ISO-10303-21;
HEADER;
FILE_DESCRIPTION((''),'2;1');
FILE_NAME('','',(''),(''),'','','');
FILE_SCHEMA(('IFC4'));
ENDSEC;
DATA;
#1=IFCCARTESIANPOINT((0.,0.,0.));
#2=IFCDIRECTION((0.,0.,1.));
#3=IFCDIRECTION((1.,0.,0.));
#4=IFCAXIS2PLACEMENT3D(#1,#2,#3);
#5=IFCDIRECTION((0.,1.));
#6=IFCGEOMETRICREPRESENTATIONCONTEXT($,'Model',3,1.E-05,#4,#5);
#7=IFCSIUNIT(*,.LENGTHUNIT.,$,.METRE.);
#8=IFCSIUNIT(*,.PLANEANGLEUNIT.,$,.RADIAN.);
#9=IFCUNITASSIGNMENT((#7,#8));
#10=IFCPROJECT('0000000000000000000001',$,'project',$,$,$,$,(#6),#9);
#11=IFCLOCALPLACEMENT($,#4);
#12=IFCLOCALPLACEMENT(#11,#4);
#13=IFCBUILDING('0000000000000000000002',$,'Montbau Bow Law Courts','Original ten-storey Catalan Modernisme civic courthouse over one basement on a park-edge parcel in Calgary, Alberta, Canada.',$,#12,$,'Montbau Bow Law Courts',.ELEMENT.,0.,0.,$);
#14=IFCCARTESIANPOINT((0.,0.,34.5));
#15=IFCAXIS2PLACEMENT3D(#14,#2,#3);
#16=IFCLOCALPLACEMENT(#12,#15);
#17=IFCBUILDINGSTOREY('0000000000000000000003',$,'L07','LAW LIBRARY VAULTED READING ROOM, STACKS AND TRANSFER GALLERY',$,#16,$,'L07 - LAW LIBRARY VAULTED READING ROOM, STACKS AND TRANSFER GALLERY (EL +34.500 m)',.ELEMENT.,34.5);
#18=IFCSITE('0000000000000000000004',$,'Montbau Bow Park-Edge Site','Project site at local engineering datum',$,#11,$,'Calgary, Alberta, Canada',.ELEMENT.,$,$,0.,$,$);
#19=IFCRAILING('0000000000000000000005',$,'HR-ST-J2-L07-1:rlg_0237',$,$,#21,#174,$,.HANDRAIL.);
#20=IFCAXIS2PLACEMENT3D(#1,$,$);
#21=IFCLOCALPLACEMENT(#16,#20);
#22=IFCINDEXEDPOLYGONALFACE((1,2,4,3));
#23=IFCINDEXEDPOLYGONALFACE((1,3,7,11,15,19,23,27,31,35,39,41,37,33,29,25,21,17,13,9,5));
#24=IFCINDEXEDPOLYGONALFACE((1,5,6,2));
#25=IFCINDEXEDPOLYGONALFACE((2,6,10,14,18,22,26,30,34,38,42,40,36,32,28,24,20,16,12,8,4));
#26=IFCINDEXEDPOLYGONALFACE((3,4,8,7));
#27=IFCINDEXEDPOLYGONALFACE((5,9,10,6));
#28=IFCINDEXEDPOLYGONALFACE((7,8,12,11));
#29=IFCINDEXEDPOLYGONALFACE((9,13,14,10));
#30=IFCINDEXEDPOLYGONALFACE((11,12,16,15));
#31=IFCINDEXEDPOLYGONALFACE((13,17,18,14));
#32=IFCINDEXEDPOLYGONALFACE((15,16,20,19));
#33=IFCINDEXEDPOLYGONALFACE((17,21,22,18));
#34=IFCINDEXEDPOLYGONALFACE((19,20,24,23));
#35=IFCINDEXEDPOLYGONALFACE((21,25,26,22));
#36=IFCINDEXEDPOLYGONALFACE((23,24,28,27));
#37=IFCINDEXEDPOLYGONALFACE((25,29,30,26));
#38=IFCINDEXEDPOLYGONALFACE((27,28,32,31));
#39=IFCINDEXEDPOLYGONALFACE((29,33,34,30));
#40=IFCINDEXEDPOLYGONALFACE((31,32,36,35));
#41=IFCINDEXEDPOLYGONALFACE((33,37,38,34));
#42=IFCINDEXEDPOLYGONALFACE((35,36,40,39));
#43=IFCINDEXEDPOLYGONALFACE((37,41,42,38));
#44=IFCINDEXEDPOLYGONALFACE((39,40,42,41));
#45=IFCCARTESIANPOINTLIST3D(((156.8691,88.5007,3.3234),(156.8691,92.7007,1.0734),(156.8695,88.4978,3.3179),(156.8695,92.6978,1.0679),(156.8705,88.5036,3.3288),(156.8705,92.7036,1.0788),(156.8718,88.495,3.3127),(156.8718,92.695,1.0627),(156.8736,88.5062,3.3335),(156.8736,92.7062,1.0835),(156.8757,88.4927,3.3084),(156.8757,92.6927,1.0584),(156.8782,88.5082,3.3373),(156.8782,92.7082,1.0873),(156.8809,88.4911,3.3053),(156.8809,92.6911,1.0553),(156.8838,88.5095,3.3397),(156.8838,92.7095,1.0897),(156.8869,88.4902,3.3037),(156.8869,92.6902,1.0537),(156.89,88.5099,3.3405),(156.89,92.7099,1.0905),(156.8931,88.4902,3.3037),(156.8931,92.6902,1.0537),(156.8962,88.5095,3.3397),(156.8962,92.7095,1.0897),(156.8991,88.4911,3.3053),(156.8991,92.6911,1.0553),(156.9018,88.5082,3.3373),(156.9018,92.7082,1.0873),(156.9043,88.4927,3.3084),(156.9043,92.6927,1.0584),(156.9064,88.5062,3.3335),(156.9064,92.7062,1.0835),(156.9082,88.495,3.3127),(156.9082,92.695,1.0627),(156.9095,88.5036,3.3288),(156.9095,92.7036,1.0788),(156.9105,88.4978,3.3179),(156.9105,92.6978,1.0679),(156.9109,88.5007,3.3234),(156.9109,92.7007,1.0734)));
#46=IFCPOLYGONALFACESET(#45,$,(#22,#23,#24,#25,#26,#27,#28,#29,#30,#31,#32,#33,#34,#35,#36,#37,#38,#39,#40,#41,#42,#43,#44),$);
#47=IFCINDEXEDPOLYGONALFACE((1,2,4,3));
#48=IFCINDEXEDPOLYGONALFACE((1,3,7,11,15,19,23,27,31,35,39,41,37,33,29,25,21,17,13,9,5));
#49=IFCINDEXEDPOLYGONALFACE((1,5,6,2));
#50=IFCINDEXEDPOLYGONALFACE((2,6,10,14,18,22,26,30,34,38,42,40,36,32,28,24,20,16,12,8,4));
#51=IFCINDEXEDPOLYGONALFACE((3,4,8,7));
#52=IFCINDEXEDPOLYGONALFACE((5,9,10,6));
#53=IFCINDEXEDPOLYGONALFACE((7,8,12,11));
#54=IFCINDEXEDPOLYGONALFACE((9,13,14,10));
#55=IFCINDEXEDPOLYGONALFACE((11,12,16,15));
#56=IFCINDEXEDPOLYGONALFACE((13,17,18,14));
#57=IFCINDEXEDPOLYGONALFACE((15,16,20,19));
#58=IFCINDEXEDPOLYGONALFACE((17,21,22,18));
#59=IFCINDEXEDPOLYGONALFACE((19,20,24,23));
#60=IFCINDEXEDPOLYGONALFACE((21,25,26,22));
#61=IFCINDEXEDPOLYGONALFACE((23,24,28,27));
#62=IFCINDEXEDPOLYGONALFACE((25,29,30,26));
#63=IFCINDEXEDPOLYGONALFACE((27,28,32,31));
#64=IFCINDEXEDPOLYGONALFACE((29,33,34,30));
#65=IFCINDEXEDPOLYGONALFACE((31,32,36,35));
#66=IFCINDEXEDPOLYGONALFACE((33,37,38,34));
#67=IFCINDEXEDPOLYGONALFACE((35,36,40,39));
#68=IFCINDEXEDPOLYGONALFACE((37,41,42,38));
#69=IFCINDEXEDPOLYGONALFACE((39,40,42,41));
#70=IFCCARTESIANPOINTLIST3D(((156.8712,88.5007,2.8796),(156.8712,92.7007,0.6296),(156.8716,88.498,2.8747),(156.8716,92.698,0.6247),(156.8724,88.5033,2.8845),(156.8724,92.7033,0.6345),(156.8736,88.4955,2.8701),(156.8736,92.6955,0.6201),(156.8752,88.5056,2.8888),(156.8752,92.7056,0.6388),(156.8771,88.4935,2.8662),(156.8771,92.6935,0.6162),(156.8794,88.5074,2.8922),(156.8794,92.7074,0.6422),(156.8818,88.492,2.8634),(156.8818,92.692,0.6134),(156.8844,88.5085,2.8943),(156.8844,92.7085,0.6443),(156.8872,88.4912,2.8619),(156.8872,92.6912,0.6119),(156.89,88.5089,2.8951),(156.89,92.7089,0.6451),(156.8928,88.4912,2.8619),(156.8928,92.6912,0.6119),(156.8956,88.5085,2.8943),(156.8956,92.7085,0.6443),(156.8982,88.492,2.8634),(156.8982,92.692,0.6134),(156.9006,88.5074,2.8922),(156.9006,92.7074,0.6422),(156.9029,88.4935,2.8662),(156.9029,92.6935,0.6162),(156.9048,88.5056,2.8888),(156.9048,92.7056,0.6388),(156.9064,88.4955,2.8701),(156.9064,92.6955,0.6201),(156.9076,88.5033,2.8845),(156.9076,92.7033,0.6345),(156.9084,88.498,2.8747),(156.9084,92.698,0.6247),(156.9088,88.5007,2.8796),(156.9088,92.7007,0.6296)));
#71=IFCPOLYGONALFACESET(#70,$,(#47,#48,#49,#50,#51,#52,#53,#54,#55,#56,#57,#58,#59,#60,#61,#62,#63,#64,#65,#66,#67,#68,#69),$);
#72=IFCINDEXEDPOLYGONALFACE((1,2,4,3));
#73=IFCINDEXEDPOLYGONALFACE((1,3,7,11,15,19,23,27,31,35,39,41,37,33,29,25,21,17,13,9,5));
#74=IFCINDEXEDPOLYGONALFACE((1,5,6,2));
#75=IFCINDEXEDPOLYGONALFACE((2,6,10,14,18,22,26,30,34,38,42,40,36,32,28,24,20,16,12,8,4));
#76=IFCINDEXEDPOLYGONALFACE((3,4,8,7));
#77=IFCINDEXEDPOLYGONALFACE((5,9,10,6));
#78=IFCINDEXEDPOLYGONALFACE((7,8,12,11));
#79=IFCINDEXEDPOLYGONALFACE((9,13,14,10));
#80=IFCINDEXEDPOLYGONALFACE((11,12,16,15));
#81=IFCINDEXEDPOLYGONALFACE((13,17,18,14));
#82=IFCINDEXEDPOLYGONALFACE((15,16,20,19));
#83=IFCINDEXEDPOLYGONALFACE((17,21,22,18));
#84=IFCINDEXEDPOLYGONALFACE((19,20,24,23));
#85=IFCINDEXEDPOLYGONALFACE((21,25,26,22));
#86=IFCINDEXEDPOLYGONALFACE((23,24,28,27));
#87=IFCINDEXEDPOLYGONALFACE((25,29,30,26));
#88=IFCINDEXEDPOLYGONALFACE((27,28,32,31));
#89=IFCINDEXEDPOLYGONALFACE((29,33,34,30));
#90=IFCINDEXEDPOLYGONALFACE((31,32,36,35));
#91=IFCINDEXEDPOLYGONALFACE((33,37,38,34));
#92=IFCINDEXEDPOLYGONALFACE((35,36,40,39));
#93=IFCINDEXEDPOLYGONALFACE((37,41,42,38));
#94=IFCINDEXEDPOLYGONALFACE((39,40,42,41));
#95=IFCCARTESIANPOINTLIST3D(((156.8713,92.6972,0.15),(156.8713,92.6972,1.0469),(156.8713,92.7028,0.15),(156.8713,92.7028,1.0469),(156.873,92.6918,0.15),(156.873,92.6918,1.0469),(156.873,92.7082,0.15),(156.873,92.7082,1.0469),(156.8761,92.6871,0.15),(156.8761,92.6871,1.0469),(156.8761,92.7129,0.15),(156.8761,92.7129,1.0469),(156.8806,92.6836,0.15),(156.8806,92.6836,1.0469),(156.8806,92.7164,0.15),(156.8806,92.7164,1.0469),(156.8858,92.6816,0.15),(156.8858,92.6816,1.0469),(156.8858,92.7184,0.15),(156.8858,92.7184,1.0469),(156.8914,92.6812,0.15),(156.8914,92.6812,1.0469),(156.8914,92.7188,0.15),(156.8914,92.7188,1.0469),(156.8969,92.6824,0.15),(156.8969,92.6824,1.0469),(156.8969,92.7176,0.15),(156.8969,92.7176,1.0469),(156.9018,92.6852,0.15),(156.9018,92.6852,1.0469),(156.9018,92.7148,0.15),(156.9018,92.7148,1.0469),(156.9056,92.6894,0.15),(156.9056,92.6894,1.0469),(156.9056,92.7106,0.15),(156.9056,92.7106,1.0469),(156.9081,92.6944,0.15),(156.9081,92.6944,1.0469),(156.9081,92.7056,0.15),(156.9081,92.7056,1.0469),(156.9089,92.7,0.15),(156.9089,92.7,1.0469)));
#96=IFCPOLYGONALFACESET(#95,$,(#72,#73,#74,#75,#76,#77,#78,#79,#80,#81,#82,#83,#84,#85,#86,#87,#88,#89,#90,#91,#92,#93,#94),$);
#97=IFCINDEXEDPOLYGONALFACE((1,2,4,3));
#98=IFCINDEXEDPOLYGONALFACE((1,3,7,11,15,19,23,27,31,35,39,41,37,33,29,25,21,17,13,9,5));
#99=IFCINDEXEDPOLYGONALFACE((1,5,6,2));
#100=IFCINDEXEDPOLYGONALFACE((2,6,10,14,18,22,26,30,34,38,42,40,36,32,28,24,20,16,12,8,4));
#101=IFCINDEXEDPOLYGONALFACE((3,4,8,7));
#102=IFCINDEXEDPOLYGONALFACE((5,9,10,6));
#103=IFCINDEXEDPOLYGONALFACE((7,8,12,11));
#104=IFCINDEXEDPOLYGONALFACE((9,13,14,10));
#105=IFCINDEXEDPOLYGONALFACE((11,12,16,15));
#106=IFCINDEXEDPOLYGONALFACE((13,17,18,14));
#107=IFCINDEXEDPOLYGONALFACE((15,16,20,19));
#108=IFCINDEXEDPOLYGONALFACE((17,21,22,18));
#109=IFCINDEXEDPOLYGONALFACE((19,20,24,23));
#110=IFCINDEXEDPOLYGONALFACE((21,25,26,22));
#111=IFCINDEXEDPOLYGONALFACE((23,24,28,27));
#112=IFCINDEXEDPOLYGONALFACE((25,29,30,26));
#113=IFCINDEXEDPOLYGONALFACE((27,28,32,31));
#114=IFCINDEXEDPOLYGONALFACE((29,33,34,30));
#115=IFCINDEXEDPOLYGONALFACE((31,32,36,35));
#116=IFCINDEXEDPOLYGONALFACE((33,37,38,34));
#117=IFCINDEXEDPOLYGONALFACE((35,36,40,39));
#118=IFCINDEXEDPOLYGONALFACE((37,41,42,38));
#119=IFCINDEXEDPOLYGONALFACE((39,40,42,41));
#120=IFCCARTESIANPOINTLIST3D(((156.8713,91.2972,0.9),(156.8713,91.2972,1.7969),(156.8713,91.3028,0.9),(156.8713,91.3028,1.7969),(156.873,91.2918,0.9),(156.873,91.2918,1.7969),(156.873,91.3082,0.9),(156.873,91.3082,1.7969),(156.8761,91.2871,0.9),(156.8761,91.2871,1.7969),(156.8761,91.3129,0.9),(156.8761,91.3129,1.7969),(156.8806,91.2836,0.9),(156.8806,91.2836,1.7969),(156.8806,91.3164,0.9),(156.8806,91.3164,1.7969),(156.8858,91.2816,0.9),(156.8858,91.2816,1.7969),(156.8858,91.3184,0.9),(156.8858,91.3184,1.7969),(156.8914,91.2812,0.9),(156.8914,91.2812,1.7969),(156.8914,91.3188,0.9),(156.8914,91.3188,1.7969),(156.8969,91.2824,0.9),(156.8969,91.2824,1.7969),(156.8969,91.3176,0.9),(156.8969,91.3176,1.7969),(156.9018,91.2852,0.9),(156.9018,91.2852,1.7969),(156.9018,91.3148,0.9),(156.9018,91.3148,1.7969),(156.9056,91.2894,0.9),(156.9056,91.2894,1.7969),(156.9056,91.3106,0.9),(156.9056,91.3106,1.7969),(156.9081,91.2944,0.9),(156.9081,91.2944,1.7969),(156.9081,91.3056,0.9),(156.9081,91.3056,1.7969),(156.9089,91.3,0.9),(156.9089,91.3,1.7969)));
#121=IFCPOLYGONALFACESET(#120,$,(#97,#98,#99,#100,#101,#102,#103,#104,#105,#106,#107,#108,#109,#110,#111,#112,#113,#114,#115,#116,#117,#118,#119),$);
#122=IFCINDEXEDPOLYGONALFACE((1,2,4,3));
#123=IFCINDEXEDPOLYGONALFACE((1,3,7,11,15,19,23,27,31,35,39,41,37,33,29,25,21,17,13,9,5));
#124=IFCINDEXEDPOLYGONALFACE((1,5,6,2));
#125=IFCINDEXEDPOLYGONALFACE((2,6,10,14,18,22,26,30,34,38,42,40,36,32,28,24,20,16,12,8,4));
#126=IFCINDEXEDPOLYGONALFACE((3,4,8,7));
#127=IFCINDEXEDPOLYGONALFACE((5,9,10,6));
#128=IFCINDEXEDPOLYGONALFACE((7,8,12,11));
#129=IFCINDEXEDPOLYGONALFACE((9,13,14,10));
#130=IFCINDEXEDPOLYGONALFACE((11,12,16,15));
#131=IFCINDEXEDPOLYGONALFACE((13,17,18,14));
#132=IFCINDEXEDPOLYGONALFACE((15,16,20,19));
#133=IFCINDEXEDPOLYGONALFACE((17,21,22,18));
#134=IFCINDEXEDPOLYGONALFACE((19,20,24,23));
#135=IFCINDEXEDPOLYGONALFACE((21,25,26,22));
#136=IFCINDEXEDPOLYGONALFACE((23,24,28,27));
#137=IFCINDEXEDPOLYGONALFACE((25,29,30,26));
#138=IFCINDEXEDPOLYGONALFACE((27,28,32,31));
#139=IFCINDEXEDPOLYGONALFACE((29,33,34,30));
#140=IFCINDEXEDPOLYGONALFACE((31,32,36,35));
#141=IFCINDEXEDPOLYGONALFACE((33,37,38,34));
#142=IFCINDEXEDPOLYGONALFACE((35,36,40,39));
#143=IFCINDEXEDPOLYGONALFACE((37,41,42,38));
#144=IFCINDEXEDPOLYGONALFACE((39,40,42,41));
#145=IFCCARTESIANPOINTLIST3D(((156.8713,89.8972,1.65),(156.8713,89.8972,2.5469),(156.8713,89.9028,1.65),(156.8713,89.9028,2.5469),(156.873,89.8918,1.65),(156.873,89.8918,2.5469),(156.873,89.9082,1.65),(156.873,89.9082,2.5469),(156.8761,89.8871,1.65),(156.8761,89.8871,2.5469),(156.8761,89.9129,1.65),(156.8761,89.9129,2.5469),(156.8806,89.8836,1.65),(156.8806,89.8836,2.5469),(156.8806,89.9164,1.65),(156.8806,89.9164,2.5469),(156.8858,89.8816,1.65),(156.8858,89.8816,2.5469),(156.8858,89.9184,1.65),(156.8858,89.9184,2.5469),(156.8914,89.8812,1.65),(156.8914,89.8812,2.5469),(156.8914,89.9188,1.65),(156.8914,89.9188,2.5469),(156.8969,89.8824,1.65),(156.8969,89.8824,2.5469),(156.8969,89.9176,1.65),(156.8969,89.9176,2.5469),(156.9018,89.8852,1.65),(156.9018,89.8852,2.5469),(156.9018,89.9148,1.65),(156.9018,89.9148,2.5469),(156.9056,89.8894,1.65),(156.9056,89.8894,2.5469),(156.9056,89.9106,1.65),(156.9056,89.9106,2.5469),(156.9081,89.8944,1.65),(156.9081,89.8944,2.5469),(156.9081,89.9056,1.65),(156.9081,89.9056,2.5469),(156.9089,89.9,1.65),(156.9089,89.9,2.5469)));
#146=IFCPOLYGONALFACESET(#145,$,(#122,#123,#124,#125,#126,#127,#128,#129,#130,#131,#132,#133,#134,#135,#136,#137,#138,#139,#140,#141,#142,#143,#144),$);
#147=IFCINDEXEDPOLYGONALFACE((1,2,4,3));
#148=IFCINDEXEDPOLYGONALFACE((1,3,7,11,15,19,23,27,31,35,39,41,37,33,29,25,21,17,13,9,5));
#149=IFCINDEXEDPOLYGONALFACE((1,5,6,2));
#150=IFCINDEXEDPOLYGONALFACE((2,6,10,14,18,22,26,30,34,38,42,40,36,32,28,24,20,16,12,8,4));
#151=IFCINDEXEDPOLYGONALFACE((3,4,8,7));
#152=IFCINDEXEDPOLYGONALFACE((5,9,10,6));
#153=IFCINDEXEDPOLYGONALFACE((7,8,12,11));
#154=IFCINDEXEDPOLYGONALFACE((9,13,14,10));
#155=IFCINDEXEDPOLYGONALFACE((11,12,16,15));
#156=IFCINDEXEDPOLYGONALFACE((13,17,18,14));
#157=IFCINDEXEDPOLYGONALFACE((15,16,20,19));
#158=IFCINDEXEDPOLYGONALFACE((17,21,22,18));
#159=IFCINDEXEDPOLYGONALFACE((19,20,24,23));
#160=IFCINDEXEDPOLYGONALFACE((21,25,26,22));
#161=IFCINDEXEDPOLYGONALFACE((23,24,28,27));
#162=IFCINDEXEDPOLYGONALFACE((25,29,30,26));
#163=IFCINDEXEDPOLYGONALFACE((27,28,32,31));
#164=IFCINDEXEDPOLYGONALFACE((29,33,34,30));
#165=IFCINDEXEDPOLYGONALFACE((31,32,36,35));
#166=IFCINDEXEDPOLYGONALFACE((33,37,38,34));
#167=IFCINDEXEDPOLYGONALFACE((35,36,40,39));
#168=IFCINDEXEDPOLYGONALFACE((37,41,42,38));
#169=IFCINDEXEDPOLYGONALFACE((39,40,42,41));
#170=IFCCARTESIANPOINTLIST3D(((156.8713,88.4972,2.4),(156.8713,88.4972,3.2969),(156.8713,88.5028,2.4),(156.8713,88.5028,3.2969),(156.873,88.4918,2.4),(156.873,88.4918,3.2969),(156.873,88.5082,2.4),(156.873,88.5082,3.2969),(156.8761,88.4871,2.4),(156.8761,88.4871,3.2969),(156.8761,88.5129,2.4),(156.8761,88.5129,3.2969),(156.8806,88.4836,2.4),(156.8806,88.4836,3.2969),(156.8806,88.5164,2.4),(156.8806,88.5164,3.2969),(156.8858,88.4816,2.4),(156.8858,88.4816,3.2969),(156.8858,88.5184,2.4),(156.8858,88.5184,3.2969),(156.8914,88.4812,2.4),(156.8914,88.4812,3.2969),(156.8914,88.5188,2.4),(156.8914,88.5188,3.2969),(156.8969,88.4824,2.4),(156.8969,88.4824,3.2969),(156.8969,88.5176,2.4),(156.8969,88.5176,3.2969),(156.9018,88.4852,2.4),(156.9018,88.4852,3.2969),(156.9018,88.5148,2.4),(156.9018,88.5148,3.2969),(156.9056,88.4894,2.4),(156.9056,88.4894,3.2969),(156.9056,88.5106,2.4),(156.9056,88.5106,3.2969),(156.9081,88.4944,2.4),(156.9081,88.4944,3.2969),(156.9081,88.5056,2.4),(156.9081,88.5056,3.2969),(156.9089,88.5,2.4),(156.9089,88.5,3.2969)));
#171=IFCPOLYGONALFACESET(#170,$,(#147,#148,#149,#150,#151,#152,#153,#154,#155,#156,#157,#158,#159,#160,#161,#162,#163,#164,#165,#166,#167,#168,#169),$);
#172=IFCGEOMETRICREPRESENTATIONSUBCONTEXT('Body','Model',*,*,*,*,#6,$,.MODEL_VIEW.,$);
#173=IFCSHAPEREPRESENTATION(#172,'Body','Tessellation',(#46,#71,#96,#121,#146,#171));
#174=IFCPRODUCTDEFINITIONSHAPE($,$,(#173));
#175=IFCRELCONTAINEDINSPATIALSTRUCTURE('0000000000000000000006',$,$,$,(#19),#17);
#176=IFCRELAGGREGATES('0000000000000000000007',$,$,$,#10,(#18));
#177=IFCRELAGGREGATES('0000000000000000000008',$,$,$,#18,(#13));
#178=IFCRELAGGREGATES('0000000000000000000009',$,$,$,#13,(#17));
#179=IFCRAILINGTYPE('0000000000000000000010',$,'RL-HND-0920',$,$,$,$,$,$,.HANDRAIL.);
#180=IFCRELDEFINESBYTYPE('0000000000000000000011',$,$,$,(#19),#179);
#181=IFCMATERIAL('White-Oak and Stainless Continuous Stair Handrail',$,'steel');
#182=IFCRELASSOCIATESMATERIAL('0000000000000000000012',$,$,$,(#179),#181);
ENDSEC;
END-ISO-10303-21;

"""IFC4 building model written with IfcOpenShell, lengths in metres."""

from ifc_helpers import new_model, si_unit, direction, frame, origin_with_axes, origin_2d_with_axis, place, context, subcontext, project, spatial, circle, extrude, material, type_object, element, save


model = new_model("IFC4")

# Units and contexts
model_context = context("Model", 3, precision=1e-05, world=origin_with_axes(), true_north=direction((0.0, 1.0)))
body_context = subcontext(model_context, "Body", "Model", "MODEL_VIEW")
ifc_project = project(units=[si_unit("LENGTHUNIT", "METRE"), si_unit("PLANEANGLEUNIT", "RADIAN")], contexts=[model_context])

# Site, building, storey
site_placement = place(None, origin_with_axes())
site = spatial("IfcSite", under=ifc_project, at=site_placement, Name="Montbau Bow Park-Edge Site", Description="Project site at local engineering datum", LongName="Calgary, Alberta, Canada", CompositionType="ELEMENT", RefElevation=0.0)
building_placement = place(site_placement, origin_with_axes())
building = spatial("IfcBuilding", under=site, at=building_placement, Name="Montbau Bow Law Courts", Description="Original ten-storey Catalan Modernisme civic courthouse over one basement on a park-edge parcel in Calgary, Alberta, Canada.", LongName="Montbau Bow Law Courts", CompositionType="ELEMENT", ElevationOfRefHeight=0.0, ElevationOfTerrain=0.0)
storey_placement = place(building_placement, frame((0.0, 0.0, 34.5), z_axis=(0.0, 0.0, 1.0), x_axis=(1.0, 0.0, 0.0)))
storey = spatial("IfcBuildingStorey", under=building, at=storey_placement, Name="L07", Description="LAW LIBRARY VAULTED READING ROOM, STACKS AND TRANSFER GALLERY", LongName="L07 - LAW LIBRARY VAULTED READING ROOM, STACKS AND TRANSFER GALLERY (EL +34.500 m)", CompositionType="ELEMENT", Elevation=34.5)

# Railing
ifc_material_1 = material(Name="White-Oak and Stainless Continuous Stair Handrail", Category="steel")
railing_type_1 = type_object("IfcRailingType", Name="RL-HND-0920", PredefinedType="HANDRAIL", material=ifc_material_1)
railing_1_placement = place(None, origin_with_axes())
element("IfcRailing", 1, at=railing_1_placement, inside=storey, type_object=railing_type_1, Name="HR-ST-J2-L07-1:rlg_0237", PredefinedType="HANDRAIL", context=body_context, shape_type="SweptSolid", body=[
    extrude(circle(Radius=0.021, at=origin_2d_with_axis()), frame((156.89, 92.7, 35.572), z_axis=(0.0, -0.88148, 0.472221), x_axis=(0.0, 0.472221, 0.88148)), (0.0, 0.0, 1.0), 4.7647),
    extrude(circle(Radius=0.0189, at=origin_2d_with_axis()), frame((156.89, 92.7, 35.1284), z_axis=(0.0, -0.88148, 0.472221), x_axis=(0.0, 0.472221, 0.88148)), (0.0, 0.0, 1.0), 4.7647),
    extrude(circle(Radius=0.0189, at=origin_2d_with_axis()), frame((156.89, 92.7, 34.65), z_axis=(0.0, 0.0, 1.0), x_axis=(1.0, 0.0, 0.0)), (0.0, 0.0, 1.0), 0.8969),
    extrude(circle(Radius=0.0189, at=origin_2d_with_axis()), frame((156.89, 91.3, 35.4), z_axis=(0.0, 0.0, 1.0), x_axis=(1.0, 0.0, 0.0)), (0.0, 0.0, 1.0), 0.8969),
    extrude(circle(Radius=0.0189, at=origin_2d_with_axis()), frame((156.89, 89.9, 36.15), z_axis=(0.0, 0.0, 1.0), x_axis=(1.0, 0.0, 0.0)), (0.0, 0.0, 1.0), 0.8969),
    extrude(circle(Radius=0.0189, at=origin_2d_with_axis()), frame((156.89, 88.5, 36.9), z_axis=(0.0, 0.0, 1.0), x_axis=(1.0, 0.0, 0.0)), (0.0, 0.0, 1.0), 0.8969),
])

save(model, "model.ifc")
